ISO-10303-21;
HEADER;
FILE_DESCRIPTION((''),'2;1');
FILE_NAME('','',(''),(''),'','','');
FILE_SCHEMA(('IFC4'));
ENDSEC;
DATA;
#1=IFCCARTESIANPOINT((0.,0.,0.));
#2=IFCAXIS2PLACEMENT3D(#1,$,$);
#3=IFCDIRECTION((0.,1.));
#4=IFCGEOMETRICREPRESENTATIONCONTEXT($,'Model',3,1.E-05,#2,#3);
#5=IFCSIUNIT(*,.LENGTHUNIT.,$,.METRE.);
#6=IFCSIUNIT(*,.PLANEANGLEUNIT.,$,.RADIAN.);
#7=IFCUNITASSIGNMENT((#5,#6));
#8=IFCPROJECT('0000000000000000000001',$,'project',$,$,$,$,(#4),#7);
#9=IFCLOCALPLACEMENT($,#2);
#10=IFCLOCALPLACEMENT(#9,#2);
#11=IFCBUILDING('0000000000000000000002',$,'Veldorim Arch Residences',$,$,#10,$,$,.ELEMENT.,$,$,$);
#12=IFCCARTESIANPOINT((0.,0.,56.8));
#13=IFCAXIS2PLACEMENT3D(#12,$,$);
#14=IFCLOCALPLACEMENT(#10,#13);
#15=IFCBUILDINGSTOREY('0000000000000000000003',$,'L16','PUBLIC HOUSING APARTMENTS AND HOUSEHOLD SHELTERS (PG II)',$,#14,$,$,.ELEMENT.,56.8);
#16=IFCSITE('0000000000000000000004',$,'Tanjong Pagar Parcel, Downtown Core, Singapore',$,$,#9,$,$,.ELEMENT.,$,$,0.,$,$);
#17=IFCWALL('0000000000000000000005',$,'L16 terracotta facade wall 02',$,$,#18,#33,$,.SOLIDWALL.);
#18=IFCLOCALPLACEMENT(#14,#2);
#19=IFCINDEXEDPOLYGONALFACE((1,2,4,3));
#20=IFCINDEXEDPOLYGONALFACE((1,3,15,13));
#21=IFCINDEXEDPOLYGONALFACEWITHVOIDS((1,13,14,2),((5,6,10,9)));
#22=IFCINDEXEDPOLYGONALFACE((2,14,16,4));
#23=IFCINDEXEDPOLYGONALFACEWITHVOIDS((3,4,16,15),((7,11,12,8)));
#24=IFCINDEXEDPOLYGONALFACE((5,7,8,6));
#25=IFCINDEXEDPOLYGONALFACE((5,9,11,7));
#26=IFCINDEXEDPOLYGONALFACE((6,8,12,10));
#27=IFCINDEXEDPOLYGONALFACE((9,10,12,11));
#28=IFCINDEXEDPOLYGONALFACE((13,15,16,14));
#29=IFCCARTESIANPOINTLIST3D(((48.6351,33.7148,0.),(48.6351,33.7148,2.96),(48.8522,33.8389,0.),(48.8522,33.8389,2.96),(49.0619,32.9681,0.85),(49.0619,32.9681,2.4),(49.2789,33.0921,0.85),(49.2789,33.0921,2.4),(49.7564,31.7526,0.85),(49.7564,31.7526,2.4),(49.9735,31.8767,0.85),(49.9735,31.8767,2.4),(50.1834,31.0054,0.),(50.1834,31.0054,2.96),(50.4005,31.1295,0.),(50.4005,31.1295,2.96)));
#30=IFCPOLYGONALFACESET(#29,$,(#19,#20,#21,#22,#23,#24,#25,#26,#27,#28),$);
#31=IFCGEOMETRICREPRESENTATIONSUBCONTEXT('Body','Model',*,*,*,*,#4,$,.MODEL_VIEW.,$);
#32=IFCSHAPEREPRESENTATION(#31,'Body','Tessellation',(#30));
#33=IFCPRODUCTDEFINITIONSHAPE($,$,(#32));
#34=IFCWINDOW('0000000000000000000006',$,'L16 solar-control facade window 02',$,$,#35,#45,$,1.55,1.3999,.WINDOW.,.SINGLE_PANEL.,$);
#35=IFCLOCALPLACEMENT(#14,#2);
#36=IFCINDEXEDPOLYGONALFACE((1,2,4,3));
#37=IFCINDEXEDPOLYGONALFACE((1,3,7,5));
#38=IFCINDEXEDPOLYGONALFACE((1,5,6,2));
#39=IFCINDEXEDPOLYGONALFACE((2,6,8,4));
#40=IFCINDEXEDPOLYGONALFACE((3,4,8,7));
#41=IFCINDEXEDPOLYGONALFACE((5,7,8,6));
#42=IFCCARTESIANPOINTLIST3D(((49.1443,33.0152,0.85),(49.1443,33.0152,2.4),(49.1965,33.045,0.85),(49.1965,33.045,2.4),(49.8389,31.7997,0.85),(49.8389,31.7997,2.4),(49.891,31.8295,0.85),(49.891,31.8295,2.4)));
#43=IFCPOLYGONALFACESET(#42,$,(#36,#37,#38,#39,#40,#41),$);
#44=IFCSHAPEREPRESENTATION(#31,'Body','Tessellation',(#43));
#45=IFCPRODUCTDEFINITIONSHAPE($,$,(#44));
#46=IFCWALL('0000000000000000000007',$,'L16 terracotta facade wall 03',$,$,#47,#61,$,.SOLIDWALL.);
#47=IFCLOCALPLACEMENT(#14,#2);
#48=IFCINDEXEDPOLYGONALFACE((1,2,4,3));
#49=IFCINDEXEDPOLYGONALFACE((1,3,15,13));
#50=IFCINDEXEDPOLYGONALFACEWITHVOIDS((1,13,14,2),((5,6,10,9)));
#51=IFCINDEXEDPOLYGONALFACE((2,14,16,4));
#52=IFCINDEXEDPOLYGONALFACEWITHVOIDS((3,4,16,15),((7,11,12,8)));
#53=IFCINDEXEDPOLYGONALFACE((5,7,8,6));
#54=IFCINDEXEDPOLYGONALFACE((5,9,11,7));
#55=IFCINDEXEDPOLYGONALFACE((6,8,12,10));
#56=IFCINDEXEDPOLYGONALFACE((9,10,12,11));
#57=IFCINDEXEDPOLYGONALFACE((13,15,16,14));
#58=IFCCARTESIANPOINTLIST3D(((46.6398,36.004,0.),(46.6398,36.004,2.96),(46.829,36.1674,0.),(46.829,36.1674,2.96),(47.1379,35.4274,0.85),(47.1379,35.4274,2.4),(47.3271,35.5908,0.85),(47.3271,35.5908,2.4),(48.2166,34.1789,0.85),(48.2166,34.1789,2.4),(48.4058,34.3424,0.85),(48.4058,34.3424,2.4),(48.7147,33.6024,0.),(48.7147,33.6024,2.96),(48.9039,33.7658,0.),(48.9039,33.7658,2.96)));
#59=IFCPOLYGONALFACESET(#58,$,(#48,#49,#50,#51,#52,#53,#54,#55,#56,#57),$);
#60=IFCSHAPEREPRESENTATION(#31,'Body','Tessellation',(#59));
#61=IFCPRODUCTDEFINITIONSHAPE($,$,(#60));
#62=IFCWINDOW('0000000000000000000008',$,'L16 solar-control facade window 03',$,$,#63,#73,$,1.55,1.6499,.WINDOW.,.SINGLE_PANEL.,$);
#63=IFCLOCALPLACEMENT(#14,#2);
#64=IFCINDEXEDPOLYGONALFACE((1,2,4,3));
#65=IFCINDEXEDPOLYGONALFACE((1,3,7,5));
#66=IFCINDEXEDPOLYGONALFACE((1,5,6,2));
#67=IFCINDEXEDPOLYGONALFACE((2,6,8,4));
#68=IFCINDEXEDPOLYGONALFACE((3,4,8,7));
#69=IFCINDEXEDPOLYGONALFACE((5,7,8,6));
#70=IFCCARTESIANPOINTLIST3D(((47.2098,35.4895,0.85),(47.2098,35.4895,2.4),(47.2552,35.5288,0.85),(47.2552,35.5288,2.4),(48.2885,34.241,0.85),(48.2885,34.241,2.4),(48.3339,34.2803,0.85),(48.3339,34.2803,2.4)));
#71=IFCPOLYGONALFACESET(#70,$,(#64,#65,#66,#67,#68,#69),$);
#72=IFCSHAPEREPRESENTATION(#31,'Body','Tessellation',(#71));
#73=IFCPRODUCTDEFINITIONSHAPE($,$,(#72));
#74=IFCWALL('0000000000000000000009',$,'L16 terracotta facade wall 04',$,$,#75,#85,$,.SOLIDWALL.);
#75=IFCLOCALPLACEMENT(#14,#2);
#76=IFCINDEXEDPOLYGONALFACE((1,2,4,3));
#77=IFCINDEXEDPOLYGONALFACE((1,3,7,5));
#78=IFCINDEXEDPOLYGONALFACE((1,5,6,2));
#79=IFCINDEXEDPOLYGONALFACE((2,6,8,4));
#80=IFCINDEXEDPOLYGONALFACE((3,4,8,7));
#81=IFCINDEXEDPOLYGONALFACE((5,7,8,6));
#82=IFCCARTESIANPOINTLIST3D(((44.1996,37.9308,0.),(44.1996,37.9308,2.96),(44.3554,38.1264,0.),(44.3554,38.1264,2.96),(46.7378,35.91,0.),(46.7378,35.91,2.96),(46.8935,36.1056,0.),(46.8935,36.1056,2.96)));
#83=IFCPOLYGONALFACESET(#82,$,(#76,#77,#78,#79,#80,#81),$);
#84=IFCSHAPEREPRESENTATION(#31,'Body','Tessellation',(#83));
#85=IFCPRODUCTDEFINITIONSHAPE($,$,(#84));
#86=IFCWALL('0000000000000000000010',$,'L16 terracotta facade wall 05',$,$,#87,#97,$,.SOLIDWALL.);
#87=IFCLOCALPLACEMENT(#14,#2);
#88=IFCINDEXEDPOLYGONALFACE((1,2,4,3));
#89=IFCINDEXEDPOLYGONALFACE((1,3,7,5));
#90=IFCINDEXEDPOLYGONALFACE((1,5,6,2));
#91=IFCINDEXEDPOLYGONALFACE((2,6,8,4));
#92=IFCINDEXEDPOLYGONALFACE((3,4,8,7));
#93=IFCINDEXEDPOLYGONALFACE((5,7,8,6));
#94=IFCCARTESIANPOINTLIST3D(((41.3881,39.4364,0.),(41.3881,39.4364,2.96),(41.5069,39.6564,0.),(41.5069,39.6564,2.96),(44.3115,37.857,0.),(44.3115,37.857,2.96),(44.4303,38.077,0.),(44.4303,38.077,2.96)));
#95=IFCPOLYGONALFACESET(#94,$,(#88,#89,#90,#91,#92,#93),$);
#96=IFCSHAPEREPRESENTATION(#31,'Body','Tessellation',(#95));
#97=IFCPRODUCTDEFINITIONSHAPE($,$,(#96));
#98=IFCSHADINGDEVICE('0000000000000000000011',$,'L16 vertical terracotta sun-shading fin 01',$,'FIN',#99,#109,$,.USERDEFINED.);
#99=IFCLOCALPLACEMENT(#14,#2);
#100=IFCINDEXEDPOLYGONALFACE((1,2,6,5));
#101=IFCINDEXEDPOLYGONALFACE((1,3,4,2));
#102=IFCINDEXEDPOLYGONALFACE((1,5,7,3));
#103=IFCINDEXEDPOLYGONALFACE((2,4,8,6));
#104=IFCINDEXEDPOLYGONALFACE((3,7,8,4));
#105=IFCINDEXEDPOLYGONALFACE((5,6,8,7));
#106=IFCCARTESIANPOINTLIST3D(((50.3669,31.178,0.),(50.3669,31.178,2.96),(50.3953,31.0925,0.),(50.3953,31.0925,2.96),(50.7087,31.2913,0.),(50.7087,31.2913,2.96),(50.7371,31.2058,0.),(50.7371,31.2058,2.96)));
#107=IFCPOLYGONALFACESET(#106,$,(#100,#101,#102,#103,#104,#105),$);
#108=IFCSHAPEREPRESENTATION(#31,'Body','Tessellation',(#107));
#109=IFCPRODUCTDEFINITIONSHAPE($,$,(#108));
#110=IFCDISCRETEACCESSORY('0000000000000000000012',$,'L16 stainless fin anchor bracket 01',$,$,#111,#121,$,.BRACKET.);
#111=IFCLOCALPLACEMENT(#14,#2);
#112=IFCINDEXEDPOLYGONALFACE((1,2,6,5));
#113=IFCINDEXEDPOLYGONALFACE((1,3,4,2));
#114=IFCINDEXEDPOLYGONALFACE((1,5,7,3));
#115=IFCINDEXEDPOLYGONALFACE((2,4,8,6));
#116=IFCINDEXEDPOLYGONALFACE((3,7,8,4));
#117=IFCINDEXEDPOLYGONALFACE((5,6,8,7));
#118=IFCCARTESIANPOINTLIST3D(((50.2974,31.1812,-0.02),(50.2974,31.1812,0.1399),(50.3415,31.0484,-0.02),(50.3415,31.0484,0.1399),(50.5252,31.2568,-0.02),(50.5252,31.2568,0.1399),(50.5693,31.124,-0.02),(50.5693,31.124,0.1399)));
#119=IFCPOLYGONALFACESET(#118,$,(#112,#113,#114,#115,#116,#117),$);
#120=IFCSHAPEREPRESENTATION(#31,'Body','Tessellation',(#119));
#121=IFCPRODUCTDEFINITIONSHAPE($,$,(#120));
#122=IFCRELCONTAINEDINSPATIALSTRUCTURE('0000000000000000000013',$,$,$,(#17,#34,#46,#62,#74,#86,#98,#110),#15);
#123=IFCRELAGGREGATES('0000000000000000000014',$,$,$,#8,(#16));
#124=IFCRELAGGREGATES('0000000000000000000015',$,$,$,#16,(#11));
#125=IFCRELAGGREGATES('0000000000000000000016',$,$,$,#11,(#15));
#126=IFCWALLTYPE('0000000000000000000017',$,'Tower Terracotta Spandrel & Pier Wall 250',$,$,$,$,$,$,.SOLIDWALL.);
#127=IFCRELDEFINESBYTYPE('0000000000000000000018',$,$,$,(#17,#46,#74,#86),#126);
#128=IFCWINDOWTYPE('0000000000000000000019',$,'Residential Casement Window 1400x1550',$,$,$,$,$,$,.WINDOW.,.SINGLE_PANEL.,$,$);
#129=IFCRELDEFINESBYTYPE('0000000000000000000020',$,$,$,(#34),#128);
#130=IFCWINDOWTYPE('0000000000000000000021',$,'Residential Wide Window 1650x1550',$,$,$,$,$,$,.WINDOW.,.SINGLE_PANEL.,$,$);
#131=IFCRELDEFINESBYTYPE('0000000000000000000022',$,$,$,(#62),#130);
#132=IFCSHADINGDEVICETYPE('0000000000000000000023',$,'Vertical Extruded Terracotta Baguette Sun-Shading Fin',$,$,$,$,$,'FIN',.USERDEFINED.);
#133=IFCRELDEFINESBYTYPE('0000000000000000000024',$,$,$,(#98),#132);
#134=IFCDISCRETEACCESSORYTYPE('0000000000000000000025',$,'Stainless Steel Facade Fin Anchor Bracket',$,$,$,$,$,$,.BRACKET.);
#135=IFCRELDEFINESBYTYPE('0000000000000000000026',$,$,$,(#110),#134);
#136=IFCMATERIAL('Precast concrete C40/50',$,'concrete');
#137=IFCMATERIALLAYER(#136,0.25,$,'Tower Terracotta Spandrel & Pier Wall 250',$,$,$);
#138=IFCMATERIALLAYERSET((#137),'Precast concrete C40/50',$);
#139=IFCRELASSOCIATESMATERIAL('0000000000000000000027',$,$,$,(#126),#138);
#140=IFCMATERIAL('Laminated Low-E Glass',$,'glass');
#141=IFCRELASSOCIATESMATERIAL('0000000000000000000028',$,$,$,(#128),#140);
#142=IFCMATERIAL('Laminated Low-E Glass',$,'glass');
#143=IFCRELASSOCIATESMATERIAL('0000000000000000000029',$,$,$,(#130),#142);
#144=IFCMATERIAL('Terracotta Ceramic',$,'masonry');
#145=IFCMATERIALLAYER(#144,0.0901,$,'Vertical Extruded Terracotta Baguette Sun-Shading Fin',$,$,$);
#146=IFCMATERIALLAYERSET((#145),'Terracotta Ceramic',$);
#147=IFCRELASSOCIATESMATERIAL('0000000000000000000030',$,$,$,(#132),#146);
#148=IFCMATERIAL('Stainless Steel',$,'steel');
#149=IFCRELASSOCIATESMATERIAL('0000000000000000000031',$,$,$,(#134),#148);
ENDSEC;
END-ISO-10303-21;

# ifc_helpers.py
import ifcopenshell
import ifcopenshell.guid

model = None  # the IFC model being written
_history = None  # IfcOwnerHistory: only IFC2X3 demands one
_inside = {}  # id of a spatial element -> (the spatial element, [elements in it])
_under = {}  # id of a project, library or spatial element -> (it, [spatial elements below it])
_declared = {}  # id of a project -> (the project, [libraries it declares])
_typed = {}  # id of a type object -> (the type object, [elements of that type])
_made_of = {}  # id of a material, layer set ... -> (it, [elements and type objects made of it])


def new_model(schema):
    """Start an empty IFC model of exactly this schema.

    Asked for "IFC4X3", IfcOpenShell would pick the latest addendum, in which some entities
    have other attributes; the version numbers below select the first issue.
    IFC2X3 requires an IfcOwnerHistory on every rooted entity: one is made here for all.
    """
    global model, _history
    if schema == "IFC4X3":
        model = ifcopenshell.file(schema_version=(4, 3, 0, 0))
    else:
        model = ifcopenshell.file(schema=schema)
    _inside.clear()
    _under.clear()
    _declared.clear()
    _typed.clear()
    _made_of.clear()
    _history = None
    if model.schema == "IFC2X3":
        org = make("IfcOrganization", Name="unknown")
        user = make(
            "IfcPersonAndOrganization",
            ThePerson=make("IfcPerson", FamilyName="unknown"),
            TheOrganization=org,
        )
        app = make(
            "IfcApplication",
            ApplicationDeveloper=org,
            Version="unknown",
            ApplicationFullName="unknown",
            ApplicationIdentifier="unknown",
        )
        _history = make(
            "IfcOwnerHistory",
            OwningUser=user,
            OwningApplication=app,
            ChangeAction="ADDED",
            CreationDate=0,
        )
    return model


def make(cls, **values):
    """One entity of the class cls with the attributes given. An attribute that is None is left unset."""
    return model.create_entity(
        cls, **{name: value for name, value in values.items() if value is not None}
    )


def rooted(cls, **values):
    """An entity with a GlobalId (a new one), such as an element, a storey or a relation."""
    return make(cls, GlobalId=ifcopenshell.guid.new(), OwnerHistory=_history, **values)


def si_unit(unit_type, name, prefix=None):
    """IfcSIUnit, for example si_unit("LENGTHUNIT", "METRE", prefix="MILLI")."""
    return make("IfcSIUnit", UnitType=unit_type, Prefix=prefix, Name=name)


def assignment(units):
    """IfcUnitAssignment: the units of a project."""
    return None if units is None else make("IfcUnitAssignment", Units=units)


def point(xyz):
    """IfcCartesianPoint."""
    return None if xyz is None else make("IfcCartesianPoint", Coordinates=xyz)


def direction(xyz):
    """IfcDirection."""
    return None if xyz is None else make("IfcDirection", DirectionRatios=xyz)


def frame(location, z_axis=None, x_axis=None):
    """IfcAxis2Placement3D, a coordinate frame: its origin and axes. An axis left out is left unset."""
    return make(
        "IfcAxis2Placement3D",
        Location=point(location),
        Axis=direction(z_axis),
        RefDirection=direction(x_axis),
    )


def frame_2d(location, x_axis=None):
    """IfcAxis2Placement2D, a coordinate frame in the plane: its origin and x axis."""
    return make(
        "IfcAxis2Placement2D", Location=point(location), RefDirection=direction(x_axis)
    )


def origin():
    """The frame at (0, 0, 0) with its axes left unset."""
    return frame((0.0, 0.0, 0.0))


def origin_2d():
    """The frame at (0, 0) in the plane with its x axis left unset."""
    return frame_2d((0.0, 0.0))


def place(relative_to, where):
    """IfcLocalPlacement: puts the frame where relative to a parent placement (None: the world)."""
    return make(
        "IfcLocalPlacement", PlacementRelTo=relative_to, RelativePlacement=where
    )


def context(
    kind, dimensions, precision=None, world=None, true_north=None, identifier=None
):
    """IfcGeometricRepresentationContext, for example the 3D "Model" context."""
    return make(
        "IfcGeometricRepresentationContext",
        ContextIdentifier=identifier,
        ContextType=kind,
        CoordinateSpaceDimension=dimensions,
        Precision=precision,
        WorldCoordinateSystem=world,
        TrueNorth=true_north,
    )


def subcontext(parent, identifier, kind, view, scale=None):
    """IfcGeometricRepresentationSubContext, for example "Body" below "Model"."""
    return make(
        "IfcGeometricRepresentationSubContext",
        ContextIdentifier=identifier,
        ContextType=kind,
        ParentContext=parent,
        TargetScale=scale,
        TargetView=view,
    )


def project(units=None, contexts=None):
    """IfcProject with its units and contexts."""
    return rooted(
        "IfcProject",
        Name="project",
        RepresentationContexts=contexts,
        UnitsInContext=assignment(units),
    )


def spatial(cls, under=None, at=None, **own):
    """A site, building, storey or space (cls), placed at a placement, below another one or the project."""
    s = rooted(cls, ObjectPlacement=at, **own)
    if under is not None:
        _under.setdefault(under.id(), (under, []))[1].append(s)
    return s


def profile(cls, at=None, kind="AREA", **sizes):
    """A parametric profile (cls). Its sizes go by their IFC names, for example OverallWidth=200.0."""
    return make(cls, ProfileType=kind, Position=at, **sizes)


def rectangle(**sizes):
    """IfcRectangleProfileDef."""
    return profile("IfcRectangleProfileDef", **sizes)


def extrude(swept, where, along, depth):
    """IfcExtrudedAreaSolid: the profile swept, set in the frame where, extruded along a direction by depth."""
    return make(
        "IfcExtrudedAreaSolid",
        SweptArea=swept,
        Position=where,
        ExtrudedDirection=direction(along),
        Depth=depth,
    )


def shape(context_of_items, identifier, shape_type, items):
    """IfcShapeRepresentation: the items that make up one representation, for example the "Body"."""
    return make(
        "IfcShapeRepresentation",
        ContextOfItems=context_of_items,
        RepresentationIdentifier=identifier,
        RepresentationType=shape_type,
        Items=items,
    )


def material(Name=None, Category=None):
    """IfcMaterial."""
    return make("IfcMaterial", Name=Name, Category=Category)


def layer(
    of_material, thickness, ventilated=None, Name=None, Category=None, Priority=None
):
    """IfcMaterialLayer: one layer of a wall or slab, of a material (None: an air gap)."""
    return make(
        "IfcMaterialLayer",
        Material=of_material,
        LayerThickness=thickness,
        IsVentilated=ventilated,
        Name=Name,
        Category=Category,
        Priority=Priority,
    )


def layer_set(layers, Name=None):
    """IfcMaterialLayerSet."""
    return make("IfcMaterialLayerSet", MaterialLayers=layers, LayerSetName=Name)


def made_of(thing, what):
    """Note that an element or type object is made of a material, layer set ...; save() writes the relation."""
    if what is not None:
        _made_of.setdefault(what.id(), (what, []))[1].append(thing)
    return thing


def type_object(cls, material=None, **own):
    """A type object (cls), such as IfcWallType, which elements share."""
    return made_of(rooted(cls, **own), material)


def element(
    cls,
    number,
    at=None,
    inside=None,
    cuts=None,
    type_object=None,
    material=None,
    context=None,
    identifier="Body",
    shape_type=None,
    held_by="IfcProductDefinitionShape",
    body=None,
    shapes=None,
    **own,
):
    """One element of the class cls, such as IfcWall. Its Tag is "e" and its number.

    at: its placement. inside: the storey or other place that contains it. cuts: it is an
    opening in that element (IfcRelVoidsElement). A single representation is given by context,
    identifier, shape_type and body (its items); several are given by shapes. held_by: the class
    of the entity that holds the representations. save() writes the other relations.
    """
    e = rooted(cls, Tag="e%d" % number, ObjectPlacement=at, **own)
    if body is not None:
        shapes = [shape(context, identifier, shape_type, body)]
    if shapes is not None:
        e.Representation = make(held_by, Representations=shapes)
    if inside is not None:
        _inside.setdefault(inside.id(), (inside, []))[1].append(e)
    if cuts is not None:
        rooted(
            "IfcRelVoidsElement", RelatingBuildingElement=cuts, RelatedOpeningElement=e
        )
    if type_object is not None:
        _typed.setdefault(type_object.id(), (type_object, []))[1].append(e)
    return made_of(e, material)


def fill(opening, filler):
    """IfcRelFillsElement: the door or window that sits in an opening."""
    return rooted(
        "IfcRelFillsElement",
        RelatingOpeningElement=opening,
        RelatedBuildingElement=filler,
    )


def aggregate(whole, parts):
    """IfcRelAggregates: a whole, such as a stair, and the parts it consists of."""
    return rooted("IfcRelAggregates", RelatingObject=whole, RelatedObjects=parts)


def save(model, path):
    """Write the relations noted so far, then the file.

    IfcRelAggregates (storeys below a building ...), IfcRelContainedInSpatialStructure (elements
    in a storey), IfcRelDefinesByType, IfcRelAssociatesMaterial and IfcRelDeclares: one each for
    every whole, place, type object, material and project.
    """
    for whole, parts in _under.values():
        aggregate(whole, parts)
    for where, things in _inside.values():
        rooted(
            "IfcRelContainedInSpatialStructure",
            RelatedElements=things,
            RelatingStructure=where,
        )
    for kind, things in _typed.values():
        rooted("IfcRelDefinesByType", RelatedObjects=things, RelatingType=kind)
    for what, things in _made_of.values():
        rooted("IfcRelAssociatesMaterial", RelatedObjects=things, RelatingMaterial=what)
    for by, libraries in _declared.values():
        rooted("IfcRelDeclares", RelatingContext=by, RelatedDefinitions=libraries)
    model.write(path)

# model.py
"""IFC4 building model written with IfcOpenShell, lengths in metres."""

from ifc_helpers import new_model, si_unit, direction, frame, frame_2d, origin, origin_2d, place, context, subcontext, project, spatial, rectangle, extrude, material, layer, layer_set, type_object, element, fill, save


model = new_model("IFC4")

# Units and contexts
model_context = context("Model", 3, precision=1e-05, world=origin(), true_north=direction((0.0, 1.0)))
body_context = subcontext(model_context, "Body", "Model", "MODEL_VIEW")
ifc_project = project(units=[si_unit("LENGTHUNIT", "METRE"), si_unit("PLANEANGLEUNIT", "RADIAN")], contexts=[model_context])

# Site, building, storey
site_placement = place(None, origin())
site = spatial("IfcSite", under=ifc_project, at=site_placement, Name="Tanjong Pagar Parcel, Downtown Core, Singapore", CompositionType="ELEMENT", RefElevation=0.0)
building_placement = place(site_placement, origin())
building = spatial("IfcBuilding", under=site, at=building_placement, Name="Veldorim Arch Residences", CompositionType="ELEMENT")
storey_placement = place(building_placement, frame((0.0, 0.0, 56.8)))
storey = spatial("IfcBuildingStorey", under=building, at=storey_placement, Name="L16", Description="PUBLIC HOUSING APARTMENTS AND HOUSEHOLD SHELTERS (PG II)", CompositionType="ELEMENT", Elevation=56.8)

# Walls, openings, windows
ifc_material_1 = material(Name="Precast concrete C40/50", Category="concrete")
ifc_layer_1 = layer(ifc_material_1, 0.25, Name="Tower Terracotta Spandrel & Pier Wall 250")
ifc_layer_set_1 = layer_set([ifc_layer_1], Name="Precast concrete C40/50")
wall_type_1 = type_object("IfcWallType", Name="Tower Terracotta Spandrel & Pier Wall 250", PredefinedType="SOLIDWALL", material=ifc_layer_set_1)
wall_1_placement = place(storey_placement, frame((48.7437, 33.7769, 0.0), z_axis=(0.0, 0.0, 1.0), x_axis=(0.496156, -0.868234, 0.0)))
wall_1 = element("IfcWall", 1, at=wall_1_placement, inside=storey, type_object=wall_type_1, Name="L16 terracotta facade wall 02", PredefinedType="SOLIDWALL", context=body_context, shape_type="SweptSolid", body=[
    extrude(rectangle(XDim=3.1206, YDim=0.25, at=frame_2d((1.5603, 0.0))), origin(), (0.0, 0.0, 1.0), 2.96),
])
opening_1_placement = place(wall_1_placement, frame((0.8601, 0.0, 0.8501)))
opening_1 = element("IfcOpeningElement", 2, at=opening_1_placement, cuts=wall_1, PredefinedType="OPENING", context=body_context, shape_type="SweptSolid", body=[
    extrude(rectangle(XDim=1.3999, YDim=1.55, at=frame_2d((0.7, 0.7749))), frame((0.0, 0.135, 0.0), z_axis=(0.0, -1.0, 0.0), x_axis=(1.0, 0.0, 0.0)), (0.0, 0.0, 1.0), 0.27),
])
ifc_material_2 = material(Name="Laminated Low-E Glass", Category="glass")
window_type_1 = type_object("IfcWindowType", Name="Residential Casement Window 1400x1550", PartitioningType="SINGLE_PANEL", PredefinedType="WINDOW", material=ifc_material_2)
window_1_placement = place(opening_1_placement, origin())
window_1 = element("IfcWindow", 3, at=window_1_placement, inside=storey, type_object=window_type_1, Name="L16 solar-control facade window 02", OverallHeight=1.55, OverallWidth=1.3999, PartitioningType="SINGLE_PANEL", PredefinedType="WINDOW", context=body_context, shape_type="SweptSolid", body=[
    extrude(rectangle(XDim=1.3999, YDim=1.55, at=frame_2d((0.7, 0.7749))), frame((0.0, 0.03, 0.0), z_axis=(0.0, -1.0, 0.0), x_axis=(1.0, 0.0, 0.0)), (0.0, 0.0, 1.0), 0.0601),
])
fill(opening_1, window_1)
wall_2_placement = place(storey_placement, frame((46.7344, 36.0857, 0.0), z_axis=(0.0, 0.0, 1.0), x_axis=(0.65377, -0.756693, 0.0)))
wall_2 = element("IfcWall", 4, at=wall_2_placement, inside=storey, type_object=wall_type_1, Name="L16 terracotta facade wall 03", PredefinedType="SOLIDWALL", context=body_context, shape_type="SweptSolid", body=[
    extrude(rectangle(XDim=3.1738, YDim=0.25, at=frame_2d((1.5869, 0.0))), origin(), (0.0, 0.0, 1.0), 2.96),
])
opening_2_placement = place(wall_2_placement, frame((0.762, 0.0, 0.8501)))
opening_2 = element("IfcOpeningElement", 5, at=opening_2_placement, cuts=wall_2, PredefinedType="OPENING", context=body_context, shape_type="SweptSolid", body=[
    extrude(rectangle(XDim=1.6499, YDim=1.55, at=frame_2d((0.825, 0.7749))), frame((0.0, 0.135, 0.0), z_axis=(0.0, -1.0, 0.0), x_axis=(1.0, 0.0, 0.0)), (0.0, 0.0, 1.0), 0.27),
])
ifc_material_3 = material(Name="Laminated Low-E Glass", Category="glass")
window_type_2 = type_object("IfcWindowType", Name="Residential Wide Window 1650x1550", PartitioningType="SINGLE_PANEL", PredefinedType="WINDOW", material=ifc_material_3)
window_2_placement = place(opening_2_placement, origin())
window_2 = element("IfcWindow", 6, at=window_2_placement, inside=storey, type_object=window_type_2, Name="L16 solar-control facade window 03", OverallHeight=1.55, OverallWidth=1.6499, PartitioningType="SINGLE_PANEL", PredefinedType="WINDOW", context=body_context, shape_type="SweptSolid", body=[
    extrude(rectangle(XDim=1.6499, YDim=1.55, at=frame_2d((0.825, 0.7749))), frame((0.0, 0.03, 0.0), z_axis=(0.0, -1.0, 0.0), x_axis=(1.0, 0.0, 0.0)), (0.0, 0.0, 1.0), 0.0601),
])
fill(opening_2, window_2)

# Walls
wall_3_placement = place(storey_placement, frame((44.2776, 38.0286, 0.0), z_axis=(0.0, 0.0, 1.0), x_axis=(0.782328, -0.622867, 0.0)))
element("IfcWall", 7, at=wall_3_placement, inside=storey, type_object=wall_type_1, Name="L16 terracotta facade wall 04", PredefinedType="SOLIDWALL", context=body_context, shape_type="SweptSolid", body=[
    extrude(rectangle(XDim=3.2444, YDim=0.25, at=frame_2d((1.6221, 0.0))), origin(), (0.0, 0.0, 1.0), 2.96),
])
wall_4_placement = place(storey_placement, frame((41.4475, 39.5464, 0.0), z_axis=(0.0, 0.0, 1.0), x_axis=(0.879812, -0.475322, 0.0)))
element("IfcWall", 8, at=wall_4_placement, inside=storey, type_object=wall_type_1, Name="L16 terracotta facade wall 05", PredefinedType="SOLIDWALL", context=body_context, shape_type="SweptSolid", body=[
    extrude(rectangle(XDim=3.3228, YDim=0.25, at=frame_2d((1.6614, 0.0))), origin(), (0.0, 0.0, 1.0), 2.96),
])

# Shading device
ifc_material_4 = material(Name="Terracotta Ceramic", Category="masonry")
ifc_layer_2 = layer(ifc_material_4, 0.0901, Name="Vertical Extruded Terracotta Baguette Sun-Shading Fin")
ifc_layer_set_2 = layer_set([ifc_layer_2], Name="Terracotta Ceramic")
shading_device_type = type_object("IfcShadingDeviceType", Name="Vertical Extruded Terracotta Baguette Sun-Shading Fin", ElementType="FIN", PredefinedType="USERDEFINED", material=ifc_layer_set_2)
shading_device_placement = place(storey_placement, frame((50.552, 31.1919, 0.0), z_axis=(0.0, 0.0, 1.0), x_axis=(0.314821, -0.949151, 0.0)))
element("IfcShadingDevice", 9, at=shading_device_placement, inside=storey, type_object=shading_device_type, Name="L16 vertical terracotta sun-shading fin 01", ObjectType="FIN", PredefinedType="USERDEFINED", context=body_context, shape_type="SweptSolid", body=[
    extrude(rectangle(XDim=0.0901, YDim=0.3601, at=origin_2d()), origin(), (0.0, 0.0, 1.0), 2.96),
])

# Discrete accessory
ifc_material_5 = material(Name="Stainless Steel", Category="steel")
discrete_accessory_type = type_object("IfcDiscreteAccessoryType", Name="Stainless Steel Facade Fin Anchor Bracket", PredefinedType="BRACKET", material=ifc_material_5)
discrete_accessory_placement = place(storey_placement, frame((50.4333, 31.1526, -0.02), z_axis=(0.0, 0.0, 1.0), x_axis=(0.314821, -0.949151, 0.0)))
element("IfcDiscreteAccessory", 10, at=discrete_accessory_placement, inside=storey, type_object=discrete_accessory_type, Name="L16 stainless fin anchor bracket 01", PredefinedType="BRACKET", context=body_context, shape_type="SweptSolid", body=[
    extrude(rectangle(XDim=0.1399, YDim=0.24, at=origin_2d()), origin(), (0.0, 0.0, 1.0), 0.1599),
])

save(model, "model.ifc")
